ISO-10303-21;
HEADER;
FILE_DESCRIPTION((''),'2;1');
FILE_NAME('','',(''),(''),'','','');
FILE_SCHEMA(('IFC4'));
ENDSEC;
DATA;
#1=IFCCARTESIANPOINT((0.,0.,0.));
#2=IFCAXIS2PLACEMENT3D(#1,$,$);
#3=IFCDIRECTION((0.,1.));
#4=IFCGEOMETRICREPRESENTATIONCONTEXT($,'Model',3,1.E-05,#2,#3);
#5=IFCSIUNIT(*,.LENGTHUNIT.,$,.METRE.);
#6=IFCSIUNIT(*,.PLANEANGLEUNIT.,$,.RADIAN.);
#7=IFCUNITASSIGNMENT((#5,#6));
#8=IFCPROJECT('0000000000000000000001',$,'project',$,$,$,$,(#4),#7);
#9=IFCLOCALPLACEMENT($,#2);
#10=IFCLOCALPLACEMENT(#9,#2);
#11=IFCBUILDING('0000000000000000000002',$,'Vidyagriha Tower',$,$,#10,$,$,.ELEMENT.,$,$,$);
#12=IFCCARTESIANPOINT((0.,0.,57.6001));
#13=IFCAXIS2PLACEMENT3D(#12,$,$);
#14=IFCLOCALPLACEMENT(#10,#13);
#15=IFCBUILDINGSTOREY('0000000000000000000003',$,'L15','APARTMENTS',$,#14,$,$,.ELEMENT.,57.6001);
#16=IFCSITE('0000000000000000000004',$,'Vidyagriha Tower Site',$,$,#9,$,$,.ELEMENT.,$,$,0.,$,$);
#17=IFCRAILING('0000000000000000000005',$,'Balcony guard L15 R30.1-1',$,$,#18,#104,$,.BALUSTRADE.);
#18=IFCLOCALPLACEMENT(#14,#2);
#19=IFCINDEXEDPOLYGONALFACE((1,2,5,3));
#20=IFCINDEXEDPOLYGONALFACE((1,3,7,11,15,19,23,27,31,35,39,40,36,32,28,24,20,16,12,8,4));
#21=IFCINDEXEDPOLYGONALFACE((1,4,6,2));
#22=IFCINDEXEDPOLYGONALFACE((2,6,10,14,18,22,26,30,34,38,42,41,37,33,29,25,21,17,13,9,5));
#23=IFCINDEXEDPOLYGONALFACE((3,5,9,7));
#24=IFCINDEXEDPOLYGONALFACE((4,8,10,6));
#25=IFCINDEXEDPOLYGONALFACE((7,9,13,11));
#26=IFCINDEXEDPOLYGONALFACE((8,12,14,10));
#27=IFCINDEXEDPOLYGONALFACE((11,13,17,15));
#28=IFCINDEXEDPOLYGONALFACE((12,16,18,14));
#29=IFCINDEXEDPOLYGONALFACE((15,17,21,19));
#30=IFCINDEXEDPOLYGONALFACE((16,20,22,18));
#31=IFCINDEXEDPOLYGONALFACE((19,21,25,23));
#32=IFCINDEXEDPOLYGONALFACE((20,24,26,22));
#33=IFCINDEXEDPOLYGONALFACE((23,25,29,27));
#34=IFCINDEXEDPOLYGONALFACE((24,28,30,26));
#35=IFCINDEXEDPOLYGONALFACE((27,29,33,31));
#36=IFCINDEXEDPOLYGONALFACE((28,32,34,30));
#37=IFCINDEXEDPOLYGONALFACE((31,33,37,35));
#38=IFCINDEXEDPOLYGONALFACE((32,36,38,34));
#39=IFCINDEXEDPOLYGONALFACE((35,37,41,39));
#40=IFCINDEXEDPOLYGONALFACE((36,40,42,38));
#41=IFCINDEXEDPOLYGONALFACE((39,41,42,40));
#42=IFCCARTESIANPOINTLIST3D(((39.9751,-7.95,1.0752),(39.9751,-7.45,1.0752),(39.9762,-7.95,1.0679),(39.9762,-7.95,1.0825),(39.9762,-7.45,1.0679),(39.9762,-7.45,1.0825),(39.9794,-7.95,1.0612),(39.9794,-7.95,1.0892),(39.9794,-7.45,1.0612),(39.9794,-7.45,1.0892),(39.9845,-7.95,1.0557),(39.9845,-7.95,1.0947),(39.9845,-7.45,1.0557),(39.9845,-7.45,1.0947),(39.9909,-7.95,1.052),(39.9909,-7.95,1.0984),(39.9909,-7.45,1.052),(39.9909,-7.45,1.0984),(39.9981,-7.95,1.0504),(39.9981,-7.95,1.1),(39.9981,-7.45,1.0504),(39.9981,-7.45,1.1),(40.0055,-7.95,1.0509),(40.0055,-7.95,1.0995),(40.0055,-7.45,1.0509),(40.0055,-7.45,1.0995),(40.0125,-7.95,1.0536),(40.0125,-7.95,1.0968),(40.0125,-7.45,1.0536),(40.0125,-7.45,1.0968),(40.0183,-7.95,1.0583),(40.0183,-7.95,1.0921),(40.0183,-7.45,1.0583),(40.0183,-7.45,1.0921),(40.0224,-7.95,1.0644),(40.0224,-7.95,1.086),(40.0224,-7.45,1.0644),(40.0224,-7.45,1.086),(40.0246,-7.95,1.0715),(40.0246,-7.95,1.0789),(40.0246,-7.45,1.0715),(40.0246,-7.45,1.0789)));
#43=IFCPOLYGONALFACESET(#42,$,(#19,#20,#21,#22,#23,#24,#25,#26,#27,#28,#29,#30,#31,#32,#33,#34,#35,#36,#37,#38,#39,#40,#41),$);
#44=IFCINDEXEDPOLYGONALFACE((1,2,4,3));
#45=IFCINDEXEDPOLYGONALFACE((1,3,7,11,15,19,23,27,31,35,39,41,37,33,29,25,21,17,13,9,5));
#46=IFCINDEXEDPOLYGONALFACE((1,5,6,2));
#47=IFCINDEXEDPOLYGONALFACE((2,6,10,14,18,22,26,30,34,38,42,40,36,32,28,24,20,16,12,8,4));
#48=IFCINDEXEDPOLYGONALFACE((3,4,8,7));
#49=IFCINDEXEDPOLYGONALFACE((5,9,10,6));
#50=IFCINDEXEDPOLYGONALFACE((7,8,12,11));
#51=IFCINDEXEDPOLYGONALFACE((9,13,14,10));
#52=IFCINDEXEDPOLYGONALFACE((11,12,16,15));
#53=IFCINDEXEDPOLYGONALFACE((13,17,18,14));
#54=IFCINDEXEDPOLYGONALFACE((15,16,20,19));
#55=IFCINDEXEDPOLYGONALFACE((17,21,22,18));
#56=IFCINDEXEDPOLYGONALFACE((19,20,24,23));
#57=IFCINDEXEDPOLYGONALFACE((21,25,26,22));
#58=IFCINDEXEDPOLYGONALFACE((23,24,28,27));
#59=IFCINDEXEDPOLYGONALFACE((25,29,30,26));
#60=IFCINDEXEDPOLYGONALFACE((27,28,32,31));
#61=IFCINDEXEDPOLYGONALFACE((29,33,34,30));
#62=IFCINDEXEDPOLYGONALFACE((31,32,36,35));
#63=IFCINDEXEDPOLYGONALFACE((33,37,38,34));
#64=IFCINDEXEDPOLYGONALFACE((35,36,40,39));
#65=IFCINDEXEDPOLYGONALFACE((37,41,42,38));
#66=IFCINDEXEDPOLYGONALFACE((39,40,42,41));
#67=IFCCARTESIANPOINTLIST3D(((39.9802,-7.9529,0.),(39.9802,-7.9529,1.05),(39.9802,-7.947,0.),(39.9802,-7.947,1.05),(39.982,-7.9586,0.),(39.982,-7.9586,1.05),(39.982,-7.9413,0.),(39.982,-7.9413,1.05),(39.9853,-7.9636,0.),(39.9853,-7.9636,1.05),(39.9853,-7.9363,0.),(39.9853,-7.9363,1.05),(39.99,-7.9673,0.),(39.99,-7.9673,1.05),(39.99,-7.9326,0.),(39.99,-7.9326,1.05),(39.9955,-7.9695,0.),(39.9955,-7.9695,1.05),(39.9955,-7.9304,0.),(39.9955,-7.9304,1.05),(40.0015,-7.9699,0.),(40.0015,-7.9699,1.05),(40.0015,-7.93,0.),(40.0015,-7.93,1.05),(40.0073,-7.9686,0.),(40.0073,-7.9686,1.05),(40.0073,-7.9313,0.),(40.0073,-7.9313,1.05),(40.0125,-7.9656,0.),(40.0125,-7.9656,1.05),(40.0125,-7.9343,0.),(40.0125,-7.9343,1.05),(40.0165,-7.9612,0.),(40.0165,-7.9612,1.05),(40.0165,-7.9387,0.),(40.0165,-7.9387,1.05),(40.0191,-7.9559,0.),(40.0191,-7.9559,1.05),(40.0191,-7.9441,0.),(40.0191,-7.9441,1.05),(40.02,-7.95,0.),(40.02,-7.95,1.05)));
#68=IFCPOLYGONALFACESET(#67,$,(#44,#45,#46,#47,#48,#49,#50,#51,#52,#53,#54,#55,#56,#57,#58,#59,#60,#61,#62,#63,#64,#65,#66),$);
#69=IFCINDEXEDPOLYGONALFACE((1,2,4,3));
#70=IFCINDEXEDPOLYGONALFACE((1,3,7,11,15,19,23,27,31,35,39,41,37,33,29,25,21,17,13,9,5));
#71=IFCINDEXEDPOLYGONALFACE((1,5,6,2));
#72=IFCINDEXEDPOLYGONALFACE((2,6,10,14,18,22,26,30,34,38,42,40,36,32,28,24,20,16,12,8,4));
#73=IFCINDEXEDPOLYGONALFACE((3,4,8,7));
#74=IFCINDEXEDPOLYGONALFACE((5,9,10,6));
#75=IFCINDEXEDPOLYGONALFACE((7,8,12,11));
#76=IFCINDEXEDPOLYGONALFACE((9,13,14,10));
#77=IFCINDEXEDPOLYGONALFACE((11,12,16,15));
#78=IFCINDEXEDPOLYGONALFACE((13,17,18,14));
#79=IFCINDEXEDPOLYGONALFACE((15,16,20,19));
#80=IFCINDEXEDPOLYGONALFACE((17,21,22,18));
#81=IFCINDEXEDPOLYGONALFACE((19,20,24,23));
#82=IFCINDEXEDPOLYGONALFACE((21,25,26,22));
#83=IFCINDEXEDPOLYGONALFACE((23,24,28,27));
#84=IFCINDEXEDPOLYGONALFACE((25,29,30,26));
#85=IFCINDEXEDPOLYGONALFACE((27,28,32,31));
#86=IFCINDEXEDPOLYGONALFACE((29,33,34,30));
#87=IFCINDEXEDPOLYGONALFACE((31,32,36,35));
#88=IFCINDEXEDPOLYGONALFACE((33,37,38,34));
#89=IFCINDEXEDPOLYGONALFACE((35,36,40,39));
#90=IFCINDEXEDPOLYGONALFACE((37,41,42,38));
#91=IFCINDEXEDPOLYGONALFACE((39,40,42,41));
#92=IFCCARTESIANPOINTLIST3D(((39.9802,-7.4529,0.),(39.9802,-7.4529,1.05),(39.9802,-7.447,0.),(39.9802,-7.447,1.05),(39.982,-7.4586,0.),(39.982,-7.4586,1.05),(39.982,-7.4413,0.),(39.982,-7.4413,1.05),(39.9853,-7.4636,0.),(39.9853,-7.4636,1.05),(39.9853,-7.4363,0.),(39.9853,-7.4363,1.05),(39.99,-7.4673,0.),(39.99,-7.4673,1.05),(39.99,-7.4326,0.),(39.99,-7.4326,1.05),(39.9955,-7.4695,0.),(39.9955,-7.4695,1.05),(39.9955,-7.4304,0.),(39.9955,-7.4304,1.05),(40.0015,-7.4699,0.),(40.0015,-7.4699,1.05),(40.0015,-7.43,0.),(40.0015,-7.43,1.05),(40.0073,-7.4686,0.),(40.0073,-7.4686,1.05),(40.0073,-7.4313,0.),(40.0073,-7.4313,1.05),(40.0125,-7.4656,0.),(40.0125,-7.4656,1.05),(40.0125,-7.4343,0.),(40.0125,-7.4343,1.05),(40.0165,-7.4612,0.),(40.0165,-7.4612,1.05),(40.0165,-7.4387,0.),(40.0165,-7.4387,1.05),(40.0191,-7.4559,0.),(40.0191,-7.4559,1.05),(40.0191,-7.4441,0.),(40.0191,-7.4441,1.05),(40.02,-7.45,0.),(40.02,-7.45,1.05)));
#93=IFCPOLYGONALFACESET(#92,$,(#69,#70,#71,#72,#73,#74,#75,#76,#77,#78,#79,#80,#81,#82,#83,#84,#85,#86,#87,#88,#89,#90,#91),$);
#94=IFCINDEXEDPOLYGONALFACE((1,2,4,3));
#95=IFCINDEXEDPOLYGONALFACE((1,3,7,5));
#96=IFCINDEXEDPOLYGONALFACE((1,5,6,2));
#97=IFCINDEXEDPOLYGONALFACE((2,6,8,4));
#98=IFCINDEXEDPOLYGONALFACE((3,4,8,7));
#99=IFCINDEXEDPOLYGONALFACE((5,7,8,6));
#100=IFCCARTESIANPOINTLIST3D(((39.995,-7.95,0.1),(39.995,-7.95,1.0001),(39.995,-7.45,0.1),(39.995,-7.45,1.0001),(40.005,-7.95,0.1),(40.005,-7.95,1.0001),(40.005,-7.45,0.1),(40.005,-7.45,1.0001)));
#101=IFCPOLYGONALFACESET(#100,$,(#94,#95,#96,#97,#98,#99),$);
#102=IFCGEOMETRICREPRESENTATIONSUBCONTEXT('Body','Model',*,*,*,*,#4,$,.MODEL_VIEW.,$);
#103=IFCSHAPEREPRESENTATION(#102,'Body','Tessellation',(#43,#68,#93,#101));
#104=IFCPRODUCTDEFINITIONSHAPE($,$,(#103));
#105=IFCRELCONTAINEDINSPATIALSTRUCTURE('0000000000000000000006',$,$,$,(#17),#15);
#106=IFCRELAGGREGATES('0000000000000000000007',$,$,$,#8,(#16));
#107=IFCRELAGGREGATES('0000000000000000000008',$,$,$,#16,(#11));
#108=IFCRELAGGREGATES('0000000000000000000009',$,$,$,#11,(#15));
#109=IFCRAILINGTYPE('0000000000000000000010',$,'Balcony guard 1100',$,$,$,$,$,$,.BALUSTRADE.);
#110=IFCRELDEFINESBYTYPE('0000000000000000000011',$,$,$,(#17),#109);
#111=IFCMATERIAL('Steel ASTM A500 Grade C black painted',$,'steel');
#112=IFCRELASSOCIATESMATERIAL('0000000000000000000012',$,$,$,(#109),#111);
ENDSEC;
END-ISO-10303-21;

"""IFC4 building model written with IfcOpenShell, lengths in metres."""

from ifc_helpers import new_model, si_unit, direction, frame, origin, origin_2d, place, context, subcontext, project, spatial, rectangle, circle, extrude, material, type_object, element, save


model = new_model("IFC4")

# Units and contexts
model_context = context("Model", 3, precision=1e-05, world=origin(), true_north=direction((0.0, 1.0)))
body_context = subcontext(model_context, "Body", "Model", "MODEL_VIEW")
ifc_project = project(units=[si_unit("LENGTHUNIT", "METRE"), si_unit("PLANEANGLEUNIT", "RADIAN")], contexts=[model_context])

# Site, building, storey
site_placement = place(None, origin())
site = spatial("IfcSite", under=ifc_project, at=site_placement, Name="Vidyagriha Tower Site", CompositionType="ELEMENT", RefElevation=0.0)
building_placement = place(site_placement, origin())
building = spatial("IfcBuilding", under=site, at=building_placement, Name="Vidyagriha Tower", CompositionType="ELEMENT")
storey_placement = place(building_placement, frame((0.0, 0.0, 57.6001)))
storey = spatial("IfcBuildingStorey", under=building, at=storey_placement, Name="L15", Description="APARTMENTS", CompositionType="ELEMENT", Elevation=57.6001)

# Railing
ifc_material_1 = material(Name="Steel ASTM A500 Grade C black painted", Category="steel")
railing_type = type_object("IfcRailingType", Name="Balcony guard 1100", PredefinedType="BALUSTRADE", material=ifc_material_1)
railing_1_placement = place(storey_placement, frame((40.0, -7.95, 0.0)))
element("IfcRailing", 1, at=railing_1_placement, inside=storey, type_object=railing_type, Name="Balcony guard L15 R30.1-1", PredefinedType="BALUSTRADE", context=body_context, shape_type="SweptSolid", body=[
    extrude(circle(Radius=0.0249, at=origin_2d()), frame((0.0, 0.0, 1.0752), z_axis=(0.0, 1.0, 0.0), x_axis=(-1.0, 0.0, 0.0)), (0.0, 0.0, 1.0), 0.5),
    extrude(circle(Radius=0.02, at=origin_2d()), origin(), (0.0, 0.0, 1.0), 1.05),
    extrude(circle(Radius=0.02, at=origin_2d()), frame((0.0, 0.5, 0.0)), (0.0, 0.0, 1.0), 1.05),
    extrude(rectangle(XDim=0.01, YDim=0.9001, at=origin_2d()), frame((0.0, 0.0, 0.55), z_axis=(0.0, 1.0, 0.0), x_axis=(-1.0, 0.0, 0.0)), (0.0, 0.0, 1.0), 0.5),
])

save(model, "model.ifc")
